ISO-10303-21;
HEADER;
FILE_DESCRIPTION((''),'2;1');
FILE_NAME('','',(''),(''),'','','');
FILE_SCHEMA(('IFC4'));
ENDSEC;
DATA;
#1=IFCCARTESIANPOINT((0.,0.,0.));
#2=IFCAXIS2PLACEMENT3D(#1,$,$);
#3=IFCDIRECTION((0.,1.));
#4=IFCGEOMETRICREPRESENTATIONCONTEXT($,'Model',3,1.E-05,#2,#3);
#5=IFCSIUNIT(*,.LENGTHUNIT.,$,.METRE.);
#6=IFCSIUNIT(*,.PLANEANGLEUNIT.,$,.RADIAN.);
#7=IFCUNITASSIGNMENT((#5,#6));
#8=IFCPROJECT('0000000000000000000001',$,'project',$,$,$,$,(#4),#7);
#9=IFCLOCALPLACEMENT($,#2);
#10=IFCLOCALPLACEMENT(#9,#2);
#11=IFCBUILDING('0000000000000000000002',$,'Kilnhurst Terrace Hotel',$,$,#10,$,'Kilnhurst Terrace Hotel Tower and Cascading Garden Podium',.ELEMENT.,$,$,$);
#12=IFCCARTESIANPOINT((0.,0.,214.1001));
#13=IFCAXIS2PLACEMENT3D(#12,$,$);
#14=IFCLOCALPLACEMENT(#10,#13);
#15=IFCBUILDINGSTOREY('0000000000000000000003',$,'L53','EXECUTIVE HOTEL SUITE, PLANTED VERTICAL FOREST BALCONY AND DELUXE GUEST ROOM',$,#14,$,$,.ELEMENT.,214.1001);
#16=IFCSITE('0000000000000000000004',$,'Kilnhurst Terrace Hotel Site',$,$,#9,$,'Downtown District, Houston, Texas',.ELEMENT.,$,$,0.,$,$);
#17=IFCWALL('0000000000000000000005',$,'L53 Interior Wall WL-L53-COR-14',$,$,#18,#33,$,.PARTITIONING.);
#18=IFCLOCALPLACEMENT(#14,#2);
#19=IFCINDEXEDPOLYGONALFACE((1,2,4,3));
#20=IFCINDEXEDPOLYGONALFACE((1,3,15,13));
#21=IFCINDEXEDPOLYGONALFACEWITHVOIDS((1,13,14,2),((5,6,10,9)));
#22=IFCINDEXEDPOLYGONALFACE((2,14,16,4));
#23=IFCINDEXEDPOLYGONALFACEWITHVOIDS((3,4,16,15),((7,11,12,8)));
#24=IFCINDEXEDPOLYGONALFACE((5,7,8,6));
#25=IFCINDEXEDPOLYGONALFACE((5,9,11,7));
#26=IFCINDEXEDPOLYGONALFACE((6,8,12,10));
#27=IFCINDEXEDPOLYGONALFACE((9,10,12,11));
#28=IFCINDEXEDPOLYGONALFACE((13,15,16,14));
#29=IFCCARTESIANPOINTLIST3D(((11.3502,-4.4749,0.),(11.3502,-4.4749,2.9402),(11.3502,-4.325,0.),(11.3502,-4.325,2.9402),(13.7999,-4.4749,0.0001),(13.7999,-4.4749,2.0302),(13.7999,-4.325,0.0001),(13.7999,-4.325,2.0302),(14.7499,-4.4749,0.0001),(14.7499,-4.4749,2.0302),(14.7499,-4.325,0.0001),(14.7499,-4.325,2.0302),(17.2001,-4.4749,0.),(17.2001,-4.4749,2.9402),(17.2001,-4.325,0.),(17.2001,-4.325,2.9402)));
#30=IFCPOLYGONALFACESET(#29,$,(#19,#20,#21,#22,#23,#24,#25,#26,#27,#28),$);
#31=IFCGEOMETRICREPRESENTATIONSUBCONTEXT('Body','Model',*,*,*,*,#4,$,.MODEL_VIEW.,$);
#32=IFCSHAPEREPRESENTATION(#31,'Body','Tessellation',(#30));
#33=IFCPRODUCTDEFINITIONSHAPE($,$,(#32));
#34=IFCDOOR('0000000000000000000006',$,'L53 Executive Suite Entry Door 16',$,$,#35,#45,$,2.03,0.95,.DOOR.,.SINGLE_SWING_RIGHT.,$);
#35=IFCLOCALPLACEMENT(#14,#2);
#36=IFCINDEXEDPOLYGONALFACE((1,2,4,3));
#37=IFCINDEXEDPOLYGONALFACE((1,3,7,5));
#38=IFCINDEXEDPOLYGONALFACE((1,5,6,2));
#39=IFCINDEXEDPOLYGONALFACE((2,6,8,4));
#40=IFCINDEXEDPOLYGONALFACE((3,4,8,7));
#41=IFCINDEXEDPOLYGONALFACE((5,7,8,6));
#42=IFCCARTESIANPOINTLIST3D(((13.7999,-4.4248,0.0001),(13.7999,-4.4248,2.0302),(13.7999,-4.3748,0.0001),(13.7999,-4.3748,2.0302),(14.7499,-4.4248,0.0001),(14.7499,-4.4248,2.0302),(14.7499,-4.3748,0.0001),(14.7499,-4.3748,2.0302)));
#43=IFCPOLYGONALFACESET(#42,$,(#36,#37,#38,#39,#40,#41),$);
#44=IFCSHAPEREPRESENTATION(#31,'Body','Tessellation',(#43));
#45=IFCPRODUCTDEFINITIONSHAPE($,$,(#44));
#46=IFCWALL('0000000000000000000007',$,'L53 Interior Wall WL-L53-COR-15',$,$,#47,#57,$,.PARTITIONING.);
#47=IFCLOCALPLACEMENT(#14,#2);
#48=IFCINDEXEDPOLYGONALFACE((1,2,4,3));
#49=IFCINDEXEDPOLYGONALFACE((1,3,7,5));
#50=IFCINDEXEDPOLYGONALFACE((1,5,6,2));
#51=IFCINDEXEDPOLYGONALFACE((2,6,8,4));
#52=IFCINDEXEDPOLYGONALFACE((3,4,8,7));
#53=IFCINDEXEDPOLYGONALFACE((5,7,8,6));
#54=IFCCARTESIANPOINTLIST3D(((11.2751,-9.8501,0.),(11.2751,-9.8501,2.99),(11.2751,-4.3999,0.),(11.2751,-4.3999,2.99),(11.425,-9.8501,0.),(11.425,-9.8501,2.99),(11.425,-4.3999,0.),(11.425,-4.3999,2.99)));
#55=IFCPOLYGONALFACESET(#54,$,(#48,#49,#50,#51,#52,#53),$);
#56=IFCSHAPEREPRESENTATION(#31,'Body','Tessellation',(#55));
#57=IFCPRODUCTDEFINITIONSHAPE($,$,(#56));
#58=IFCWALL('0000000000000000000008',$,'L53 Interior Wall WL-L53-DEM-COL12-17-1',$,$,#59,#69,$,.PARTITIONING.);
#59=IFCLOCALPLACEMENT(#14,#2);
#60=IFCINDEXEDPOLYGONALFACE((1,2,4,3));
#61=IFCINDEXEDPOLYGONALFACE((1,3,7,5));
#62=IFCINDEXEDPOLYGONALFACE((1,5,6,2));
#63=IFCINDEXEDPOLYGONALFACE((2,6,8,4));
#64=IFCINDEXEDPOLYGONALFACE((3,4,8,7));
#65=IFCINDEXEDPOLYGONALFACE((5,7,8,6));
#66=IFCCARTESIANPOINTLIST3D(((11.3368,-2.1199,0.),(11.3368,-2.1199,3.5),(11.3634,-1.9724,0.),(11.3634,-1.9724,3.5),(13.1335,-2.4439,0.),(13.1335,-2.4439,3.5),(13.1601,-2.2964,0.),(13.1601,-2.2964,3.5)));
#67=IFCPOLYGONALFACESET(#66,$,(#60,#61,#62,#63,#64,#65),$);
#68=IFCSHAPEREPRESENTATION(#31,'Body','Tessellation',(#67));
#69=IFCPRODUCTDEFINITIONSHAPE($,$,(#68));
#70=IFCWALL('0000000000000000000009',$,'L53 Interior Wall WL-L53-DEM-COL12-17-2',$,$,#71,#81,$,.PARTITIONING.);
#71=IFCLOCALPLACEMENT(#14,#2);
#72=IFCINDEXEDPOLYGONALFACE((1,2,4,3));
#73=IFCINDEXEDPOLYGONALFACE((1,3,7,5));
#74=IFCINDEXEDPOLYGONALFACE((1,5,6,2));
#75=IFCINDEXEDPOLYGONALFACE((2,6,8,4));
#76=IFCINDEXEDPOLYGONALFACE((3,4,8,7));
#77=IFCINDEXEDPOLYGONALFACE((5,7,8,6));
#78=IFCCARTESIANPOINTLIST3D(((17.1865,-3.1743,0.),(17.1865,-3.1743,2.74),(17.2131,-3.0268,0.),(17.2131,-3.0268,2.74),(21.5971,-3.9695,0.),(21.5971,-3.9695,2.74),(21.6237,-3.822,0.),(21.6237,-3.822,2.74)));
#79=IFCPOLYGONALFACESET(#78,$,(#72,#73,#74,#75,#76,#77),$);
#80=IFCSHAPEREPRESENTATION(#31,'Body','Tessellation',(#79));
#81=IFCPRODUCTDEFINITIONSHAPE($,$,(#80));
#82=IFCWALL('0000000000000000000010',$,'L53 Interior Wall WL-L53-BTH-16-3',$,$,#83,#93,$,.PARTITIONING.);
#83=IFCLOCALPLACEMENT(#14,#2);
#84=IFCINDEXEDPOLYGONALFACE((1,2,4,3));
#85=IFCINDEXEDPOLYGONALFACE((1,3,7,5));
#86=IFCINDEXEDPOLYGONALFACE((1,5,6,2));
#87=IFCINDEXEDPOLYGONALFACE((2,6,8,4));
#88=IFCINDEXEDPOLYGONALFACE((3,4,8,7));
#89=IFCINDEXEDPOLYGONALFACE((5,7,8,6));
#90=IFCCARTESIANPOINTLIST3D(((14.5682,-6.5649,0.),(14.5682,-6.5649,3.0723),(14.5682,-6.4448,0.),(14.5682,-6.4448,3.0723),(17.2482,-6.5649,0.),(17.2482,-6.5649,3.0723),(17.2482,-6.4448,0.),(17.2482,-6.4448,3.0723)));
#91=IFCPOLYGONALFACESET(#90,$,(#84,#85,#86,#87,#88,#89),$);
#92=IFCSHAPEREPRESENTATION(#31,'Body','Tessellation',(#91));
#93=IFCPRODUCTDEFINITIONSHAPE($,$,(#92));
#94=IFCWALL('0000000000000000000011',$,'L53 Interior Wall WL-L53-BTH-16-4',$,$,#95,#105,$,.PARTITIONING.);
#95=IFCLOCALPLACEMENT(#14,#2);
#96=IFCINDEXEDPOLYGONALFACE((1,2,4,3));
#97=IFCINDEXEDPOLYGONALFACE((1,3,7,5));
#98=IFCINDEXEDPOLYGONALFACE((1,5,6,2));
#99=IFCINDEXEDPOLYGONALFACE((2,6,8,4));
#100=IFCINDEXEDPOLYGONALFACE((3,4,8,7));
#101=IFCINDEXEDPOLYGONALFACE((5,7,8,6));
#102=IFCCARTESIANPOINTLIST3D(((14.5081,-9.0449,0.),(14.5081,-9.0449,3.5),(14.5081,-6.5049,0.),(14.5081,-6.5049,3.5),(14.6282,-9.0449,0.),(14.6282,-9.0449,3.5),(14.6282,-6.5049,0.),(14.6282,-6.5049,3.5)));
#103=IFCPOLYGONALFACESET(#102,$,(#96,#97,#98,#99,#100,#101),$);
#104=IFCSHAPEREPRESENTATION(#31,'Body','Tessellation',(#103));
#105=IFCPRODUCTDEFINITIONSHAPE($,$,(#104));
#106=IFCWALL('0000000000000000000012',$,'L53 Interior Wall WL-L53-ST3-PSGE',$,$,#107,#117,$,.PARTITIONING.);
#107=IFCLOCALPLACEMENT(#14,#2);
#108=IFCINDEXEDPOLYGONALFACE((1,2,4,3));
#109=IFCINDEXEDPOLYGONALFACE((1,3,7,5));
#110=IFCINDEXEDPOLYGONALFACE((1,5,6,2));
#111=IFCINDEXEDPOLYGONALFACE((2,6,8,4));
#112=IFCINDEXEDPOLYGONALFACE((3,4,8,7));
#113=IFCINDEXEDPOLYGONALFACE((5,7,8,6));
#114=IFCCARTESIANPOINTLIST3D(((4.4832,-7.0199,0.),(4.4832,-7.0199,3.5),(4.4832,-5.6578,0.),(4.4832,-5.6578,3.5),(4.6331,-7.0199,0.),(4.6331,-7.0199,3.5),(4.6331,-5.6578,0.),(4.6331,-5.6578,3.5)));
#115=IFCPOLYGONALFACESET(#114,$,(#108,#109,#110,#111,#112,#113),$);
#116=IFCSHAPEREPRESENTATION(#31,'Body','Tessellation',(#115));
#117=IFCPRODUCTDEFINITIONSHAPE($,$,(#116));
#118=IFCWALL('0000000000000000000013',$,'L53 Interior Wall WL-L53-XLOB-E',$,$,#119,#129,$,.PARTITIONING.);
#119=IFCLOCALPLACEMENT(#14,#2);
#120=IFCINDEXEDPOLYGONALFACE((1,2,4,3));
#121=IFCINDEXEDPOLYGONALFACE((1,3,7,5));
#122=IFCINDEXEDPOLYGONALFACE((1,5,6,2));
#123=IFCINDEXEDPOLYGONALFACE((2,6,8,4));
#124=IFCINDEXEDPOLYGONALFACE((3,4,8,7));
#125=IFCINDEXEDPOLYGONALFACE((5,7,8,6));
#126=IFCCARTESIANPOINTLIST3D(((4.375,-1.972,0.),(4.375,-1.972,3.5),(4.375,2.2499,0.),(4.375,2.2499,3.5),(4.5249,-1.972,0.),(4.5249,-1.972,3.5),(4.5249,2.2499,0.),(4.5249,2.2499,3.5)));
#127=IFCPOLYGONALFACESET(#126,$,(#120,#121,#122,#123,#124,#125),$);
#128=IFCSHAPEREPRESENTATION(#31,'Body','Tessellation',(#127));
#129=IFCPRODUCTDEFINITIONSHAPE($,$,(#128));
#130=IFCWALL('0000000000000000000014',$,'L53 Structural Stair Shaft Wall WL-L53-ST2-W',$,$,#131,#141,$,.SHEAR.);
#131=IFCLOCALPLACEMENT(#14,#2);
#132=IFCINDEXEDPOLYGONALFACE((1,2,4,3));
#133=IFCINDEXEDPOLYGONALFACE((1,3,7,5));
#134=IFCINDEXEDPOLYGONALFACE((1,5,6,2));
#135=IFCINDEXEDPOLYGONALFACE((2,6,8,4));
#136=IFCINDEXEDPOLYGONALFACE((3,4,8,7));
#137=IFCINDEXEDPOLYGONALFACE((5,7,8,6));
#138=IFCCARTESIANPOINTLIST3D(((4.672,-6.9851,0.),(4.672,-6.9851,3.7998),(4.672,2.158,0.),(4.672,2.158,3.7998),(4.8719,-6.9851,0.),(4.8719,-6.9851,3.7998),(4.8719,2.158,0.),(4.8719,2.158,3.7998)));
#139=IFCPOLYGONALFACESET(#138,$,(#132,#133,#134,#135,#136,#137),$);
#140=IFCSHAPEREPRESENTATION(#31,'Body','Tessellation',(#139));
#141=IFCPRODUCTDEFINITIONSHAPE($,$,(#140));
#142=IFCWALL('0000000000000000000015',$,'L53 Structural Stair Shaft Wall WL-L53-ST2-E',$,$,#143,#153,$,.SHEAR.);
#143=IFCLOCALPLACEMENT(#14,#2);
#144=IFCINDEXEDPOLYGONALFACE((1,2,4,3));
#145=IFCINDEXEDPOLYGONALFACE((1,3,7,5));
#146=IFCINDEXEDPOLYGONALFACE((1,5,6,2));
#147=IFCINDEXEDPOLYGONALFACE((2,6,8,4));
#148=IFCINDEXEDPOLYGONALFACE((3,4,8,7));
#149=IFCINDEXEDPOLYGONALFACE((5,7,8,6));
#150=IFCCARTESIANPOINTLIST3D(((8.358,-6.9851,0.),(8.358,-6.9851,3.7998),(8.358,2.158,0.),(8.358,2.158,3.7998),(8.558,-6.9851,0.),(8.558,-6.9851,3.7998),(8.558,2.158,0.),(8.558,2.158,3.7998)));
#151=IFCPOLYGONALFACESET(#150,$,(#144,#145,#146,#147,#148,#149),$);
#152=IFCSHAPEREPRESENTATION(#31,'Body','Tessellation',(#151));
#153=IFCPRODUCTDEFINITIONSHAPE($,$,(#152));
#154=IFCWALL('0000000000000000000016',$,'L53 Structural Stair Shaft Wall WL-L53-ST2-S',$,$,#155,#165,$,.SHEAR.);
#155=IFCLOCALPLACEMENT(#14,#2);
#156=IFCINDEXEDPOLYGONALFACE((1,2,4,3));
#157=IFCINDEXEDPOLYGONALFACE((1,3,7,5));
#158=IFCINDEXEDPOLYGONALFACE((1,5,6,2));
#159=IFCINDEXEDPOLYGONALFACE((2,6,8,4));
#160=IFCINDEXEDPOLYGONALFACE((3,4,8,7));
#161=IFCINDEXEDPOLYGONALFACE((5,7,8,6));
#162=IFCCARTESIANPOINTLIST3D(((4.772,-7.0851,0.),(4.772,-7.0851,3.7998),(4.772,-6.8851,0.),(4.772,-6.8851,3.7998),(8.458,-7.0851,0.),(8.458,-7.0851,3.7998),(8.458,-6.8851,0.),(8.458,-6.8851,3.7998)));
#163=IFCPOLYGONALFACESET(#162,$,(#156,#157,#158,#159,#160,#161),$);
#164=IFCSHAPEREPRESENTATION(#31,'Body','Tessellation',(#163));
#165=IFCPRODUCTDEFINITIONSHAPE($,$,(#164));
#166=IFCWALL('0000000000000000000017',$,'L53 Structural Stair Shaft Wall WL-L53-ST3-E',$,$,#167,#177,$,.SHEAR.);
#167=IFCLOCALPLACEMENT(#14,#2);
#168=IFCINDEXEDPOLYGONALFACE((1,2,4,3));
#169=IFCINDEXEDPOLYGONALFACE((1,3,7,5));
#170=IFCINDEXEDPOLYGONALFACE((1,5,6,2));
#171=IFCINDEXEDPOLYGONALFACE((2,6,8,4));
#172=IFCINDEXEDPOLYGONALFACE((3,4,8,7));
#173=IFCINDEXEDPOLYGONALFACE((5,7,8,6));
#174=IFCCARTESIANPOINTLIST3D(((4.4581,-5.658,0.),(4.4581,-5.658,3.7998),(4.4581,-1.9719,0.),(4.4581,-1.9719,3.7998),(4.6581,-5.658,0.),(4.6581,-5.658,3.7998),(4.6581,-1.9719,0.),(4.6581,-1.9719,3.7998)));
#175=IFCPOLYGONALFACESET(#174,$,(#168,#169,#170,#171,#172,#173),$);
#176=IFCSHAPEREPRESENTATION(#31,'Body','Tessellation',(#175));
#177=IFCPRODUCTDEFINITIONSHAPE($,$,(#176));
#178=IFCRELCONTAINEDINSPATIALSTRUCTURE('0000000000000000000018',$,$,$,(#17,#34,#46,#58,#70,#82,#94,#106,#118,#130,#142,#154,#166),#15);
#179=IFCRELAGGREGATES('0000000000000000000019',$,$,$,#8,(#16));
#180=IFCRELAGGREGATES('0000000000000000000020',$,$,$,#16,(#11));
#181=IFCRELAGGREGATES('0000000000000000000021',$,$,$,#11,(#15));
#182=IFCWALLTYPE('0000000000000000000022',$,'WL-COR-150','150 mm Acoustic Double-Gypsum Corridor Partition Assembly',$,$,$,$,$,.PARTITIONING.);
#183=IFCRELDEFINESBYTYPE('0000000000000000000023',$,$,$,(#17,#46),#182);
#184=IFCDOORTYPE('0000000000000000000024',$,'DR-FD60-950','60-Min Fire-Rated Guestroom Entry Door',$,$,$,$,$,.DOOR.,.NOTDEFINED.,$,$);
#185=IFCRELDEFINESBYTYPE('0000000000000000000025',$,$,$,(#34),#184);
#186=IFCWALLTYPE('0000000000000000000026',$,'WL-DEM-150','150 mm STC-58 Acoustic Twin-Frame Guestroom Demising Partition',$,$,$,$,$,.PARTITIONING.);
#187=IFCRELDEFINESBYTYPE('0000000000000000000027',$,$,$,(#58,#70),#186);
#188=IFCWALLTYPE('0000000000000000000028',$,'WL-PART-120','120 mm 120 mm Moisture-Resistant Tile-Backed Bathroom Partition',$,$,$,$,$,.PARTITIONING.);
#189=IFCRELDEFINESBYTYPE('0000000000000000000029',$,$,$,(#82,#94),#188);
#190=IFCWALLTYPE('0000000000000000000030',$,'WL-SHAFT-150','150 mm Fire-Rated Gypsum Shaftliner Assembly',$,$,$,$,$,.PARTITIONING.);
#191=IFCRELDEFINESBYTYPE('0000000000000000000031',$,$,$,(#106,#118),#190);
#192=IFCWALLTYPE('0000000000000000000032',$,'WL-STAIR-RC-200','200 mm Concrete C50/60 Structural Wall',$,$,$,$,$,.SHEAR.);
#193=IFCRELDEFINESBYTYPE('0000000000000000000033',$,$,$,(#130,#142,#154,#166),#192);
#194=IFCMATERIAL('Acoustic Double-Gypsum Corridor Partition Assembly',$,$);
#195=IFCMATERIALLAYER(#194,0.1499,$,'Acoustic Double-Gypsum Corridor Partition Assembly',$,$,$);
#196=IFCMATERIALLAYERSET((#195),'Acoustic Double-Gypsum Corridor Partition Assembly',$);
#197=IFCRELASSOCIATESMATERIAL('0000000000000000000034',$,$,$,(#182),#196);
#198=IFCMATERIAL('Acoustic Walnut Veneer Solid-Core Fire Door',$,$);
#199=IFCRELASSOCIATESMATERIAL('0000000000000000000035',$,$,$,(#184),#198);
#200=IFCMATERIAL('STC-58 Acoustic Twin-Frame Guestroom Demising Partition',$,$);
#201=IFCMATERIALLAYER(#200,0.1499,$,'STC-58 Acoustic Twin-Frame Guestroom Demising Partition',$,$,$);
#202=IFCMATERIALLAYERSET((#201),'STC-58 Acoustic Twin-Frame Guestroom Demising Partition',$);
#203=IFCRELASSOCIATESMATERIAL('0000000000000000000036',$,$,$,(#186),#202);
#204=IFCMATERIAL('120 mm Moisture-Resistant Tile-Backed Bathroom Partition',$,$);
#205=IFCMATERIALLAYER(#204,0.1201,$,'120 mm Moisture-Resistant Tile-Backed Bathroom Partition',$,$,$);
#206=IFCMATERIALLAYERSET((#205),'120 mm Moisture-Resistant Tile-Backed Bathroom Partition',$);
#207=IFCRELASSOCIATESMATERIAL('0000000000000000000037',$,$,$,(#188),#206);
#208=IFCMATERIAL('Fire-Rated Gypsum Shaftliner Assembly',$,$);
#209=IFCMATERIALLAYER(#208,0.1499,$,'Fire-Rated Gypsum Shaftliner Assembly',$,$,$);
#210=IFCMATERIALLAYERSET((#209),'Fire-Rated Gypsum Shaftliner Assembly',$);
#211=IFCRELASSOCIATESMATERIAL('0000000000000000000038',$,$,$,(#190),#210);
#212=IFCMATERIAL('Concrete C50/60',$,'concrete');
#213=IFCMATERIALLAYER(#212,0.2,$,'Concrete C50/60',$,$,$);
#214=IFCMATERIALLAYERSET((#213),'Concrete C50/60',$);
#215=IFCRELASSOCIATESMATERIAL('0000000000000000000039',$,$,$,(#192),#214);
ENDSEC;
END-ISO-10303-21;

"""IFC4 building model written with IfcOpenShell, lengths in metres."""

from ifc_helpers import new_model, si_unit, direction, frame, frame_2d, origin, place, context, subcontext, project, spatial, rectangle, extrude, material, layer, layer_set, type_object, element, fill, save


model = new_model("IFC4")

# Units and contexts
model_context = context("Model", 3, precision=1e-05, world=origin(), true_north=direction((0.0, 1.0)))
body_context = subcontext(model_context, "Body", "Model", "MODEL_VIEW")
ifc_project = project(units=[si_unit("LENGTHUNIT", "METRE"), si_unit("PLANEANGLEUNIT", "RADIAN")], contexts=[model_context])

# Site, building, storey
site_placement = place(None, origin())
site = spatial("IfcSite", under=ifc_project, at=site_placement, Name="Kilnhurst Terrace Hotel Site", LongName="Downtown District, Houston, Texas", CompositionType="ELEMENT", RefElevation=0.0)
building_placement = place(site_placement, origin())
building = spatial("IfcBuilding", under=site, at=building_placement, Name="Kilnhurst Terrace Hotel", LongName="Kilnhurst Terrace Hotel Tower and Cascading Garden Podium", CompositionType="ELEMENT")
storey_placement = place(building_placement, frame((0.0, 0.0, 214.1001)))
storey = spatial("IfcBuildingStorey", under=building, at=storey_placement, Name="L53", Description="EXECUTIVE HOTEL SUITE, PLANTED VERTICAL FOREST BALCONY AND DELUXE GUEST ROOM", CompositionType="ELEMENT", Elevation=214.1001)

# Shared definitions
ifc_material_1 = material(Name="Concrete C50/60", Category="concrete")

# Shared definitions
ifc_material_2 = material(Name="Acoustic Double-Gypsum Corridor Partition Assembly")
ifc_layer_1 = layer(ifc_material_2, 0.1499, Name="Acoustic Double-Gypsum Corridor Partition Assembly")
ifc_layer_set_1 = layer_set([ifc_layer_1], Name="Acoustic Double-Gypsum Corridor Partition Assembly")
wall_type_1 = type_object("IfcWallType", Name="WL-COR-150", Description="150 mm Acoustic Double-Gypsum Corridor Partition Assembly", PredefinedType="PARTITIONING", material=ifc_layer_set_1)

# Wall, opening, door
wall_1_placement = place(storey_placement, frame((17.2, -4.3999, 0.0), z_axis=(0.0, 0.0, 1.0), x_axis=(-1.0, 0.0, 0.0)))
wall_1 = element("IfcWall", 1, at=wall_1_placement, inside=storey, type_object=wall_type_1, Name="L53 Interior Wall WL-L53-COR-14", PredefinedType="PARTITIONING", context=body_context, shape_type="SweptSolid", body=[
    extrude(rectangle(XDim=5.8499, YDim=0.1499, at=frame_2d((2.9248, 0.0))), origin(), (0.0, 0.0, 1.0), 2.9402),
])
opening_1_placement = place(wall_1_placement, frame((2.45, 0.0, 0.0)))
opening_1 = element("IfcOpeningElement", 2, at=opening_1_placement, cuts=wall_1, PredefinedType="OPENING", context=body_context, shape_type="SweptSolid", body=[
    extrude(rectangle(XDim=0.95, YDim=2.03, at=frame_2d((0.4751, 1.0151))), frame((0.0, 0.085, 0.0), z_axis=(0.0, -1.0, 0.0), x_axis=(1.0, 0.0, 0.0)), (0.0, 0.0, 1.0), 0.1699),
])
ifc_material_3 = material(Name="Acoustic Walnut Veneer Solid-Core Fire Door")
door_type_1 = type_object("IfcDoorType", Name="DR-FD60-950", Description="60-Min Fire-Rated Guestroom Entry Door", OperationType="NOTDEFINED", PredefinedType="DOOR", material=ifc_material_3)
door_1_placement = place(opening_1_placement, origin())
door_1 = element("IfcDoor", 3, at=door_1_placement, inside=storey, type_object=door_type_1, Name="L53 Executive Suite Entry Door 16", OperationType="SINGLE_SWING_RIGHT", OverallHeight=2.03, OverallWidth=0.95, PredefinedType="DOOR", context=body_context, shape_type="SweptSolid", body=[
    extrude(rectangle(XDim=0.95, YDim=2.03, at=frame_2d((0.4751, 1.0151))), frame((0.0, 0.0249, 0.0), z_axis=(0.0, -1.0, 0.0), x_axis=(1.0, 0.0, 0.0)), (0.0, 0.0, 1.0), 0.05),
])
fill(opening_1, door_1)

# Wall
wall_2_placement = place(storey_placement, frame((11.3501, -4.3999, 0.0), z_axis=(0.0, 0.0, 1.0), x_axis=(0.0, -1.0, 0.0)))
element("IfcWall", 4, at=wall_2_placement, inside=storey, type_object=wall_type_1, Name="L53 Interior Wall WL-L53-COR-15", PredefinedType="PARTITIONING", context=body_context, shape_type="SweptSolid", body=[
    extrude(rectangle(XDim=5.4502, YDim=0.1499, at=frame_2d((2.7251, 0.0))), origin(), (0.0, 0.0, 1.0), 2.99),
])

# Walls
ifc_material_4 = material(Name="STC-58 Acoustic Twin-Frame Guestroom Demising Partition")
ifc_layer_2 = layer(ifc_material_4, 0.1499, Name="STC-58 Acoustic Twin-Frame Guestroom Demising Partition")
ifc_layer_set_2 = layer_set([ifc_layer_2], Name="STC-58 Acoustic Twin-Frame Guestroom Demising Partition")
wall_type_2 = type_object("IfcWallType", Name="WL-DEM-150", Description="150 mm STC-58 Acoustic Twin-Frame Guestroom Demising Partition", PredefinedType="PARTITIONING", material=ifc_layer_set_2)
wall_3_placement = place(storey_placement, frame((11.3501, -2.0461, 0.0), z_axis=(0.0, 0.0, 1.0), x_axis=(0.984128, -0.177461, 0.0)))
element("IfcWall", 5, at=wall_3_placement, inside=storey, type_object=wall_type_2, Name="L53 Interior Wall WL-L53-DEM-COL12-17-1", PredefinedType="PARTITIONING", context=body_context, shape_type="SweptSolid", body=[
    extrude(rectangle(XDim=1.8257, YDim=0.1499, at=frame_2d((0.9128, 0.0))), origin(), (0.0, 0.0, 1.0), 3.5),
])
wall_4_placement = place(storey_placement, frame((17.2, -3.1006, 0.0), z_axis=(0.0, 0.0, 1.0), x_axis=(0.984135, -0.177423, 0.0)))
element("IfcWall", 6, at=wall_4_placement, inside=storey, type_object=wall_type_2, Name="L53 Interior Wall WL-L53-DEM-COL12-17-2", PredefinedType="PARTITIONING", context=body_context, shape_type="SweptSolid", body=[
    extrude(rectangle(XDim=4.4817, YDim=0.1499, at=frame_2d((2.2407, 0.0))), origin(), (0.0, 0.0, 1.0), 2.74),
])
ifc_material_5 = material(Name="120 mm Moisture-Resistant Tile-Backed Bathroom Partition")
ifc_layer_3 = layer(ifc_material_5, 0.1201, Name="120 mm Moisture-Resistant Tile-Backed Bathroom Partition")
ifc_layer_set_3 = layer_set([ifc_layer_3], Name="120 mm Moisture-Resistant Tile-Backed Bathroom Partition")
wall_type_3 = type_object("IfcWallType", Name="WL-PART-120", Description="120 mm 120 mm Moisture-Resistant Tile-Backed Bathroom Partition", PredefinedType="PARTITIONING", material=ifc_layer_set_3)
wall_5_placement = place(storey_placement, frame((17.248, -6.5049, 0.0), z_axis=(0.0, 0.0, 1.0), x_axis=(-1.0, 0.0, 0.0)))
element("IfcWall", 7, at=wall_5_placement, inside=storey, type_object=wall_type_3, Name="L53 Interior Wall WL-L53-BTH-16-3", PredefinedType="PARTITIONING", context=body_context, shape_type="SweptSolid", body=[
    extrude(rectangle(XDim=2.6799, YDim=0.1201, at=frame_2d((1.3398, 0.0))), origin(), (0.0, 0.0, 1.0), 3.0723),
])
wall_6_placement = place(storey_placement, frame((14.5681, -6.5049, 0.0), z_axis=(0.0, 0.0, 1.0), x_axis=(0.0, -1.0, 0.0)))
element("IfcWall", 8, at=wall_6_placement, inside=storey, type_object=wall_type_3, Name="L53 Interior Wall WL-L53-BTH-16-4", PredefinedType="PARTITIONING", context=body_context, shape_type="SweptSolid", body=[
    extrude(rectangle(XDim=2.54, YDim=0.1201, at=frame_2d((1.27, 0.0))), origin(), (0.0, 0.0, 1.0), 3.5),
])
ifc_material_6 = material(Name="Fire-Rated Gypsum Shaftliner Assembly")
ifc_layer_4 = layer(ifc_material_6, 0.1499, Name="Fire-Rated Gypsum Shaftliner Assembly")
ifc_layer_set_4 = layer_set([ifc_layer_4], Name="Fire-Rated Gypsum Shaftliner Assembly")
wall_type_4 = type_object("IfcWallType", Name="WL-SHAFT-150", Description="150 mm Fire-Rated Gypsum Shaftliner Assembly", PredefinedType="PARTITIONING", material=ifc_layer_set_4)
wall_7_placement = place(storey_placement, frame((4.5581, -7.02, 0.0), z_axis=(0.0, 0.0, 1.0), x_axis=(0.0, 1.0, 0.0)))
element("IfcWall", 9, at=wall_7_placement, inside=storey, type_object=wall_type_4, Name="L53 Interior Wall WL-L53-ST3-PSGE", PredefinedType="PARTITIONING", context=body_context, shape_type="SweptSolid", body=[
    extrude(rectangle(XDim=1.3621, YDim=0.1499, at=frame_2d((0.6812, 0.0))), origin(), (0.0, 0.0, 1.0), 3.5),
])
wall_8_placement = place(storey_placement, frame((4.45, -1.9719, 0.0), z_axis=(0.0, 0.0, 1.0), x_axis=(0.0, 1.0, 0.0)))
element("IfcWall", 10, at=wall_8_placement, inside=storey, type_object=wall_type_4, Name="L53 Interior Wall WL-L53-XLOB-E", PredefinedType="PARTITIONING", context=body_context, shape_type="SweptSolid", body=[
    extrude(rectangle(XDim=4.2219, YDim=0.1499, at=frame_2d((2.1108, 0.0))), origin(), (0.0, 0.0, 1.0), 3.5),
])
ifc_layer_5 = layer(ifc_material_1, 0.2, Name="Concrete C50/60")
ifc_layer_set_5 = layer_set([ifc_layer_5], Name="Concrete C50/60")
wall_type_5 = type_object("IfcWallType", Name="WL-STAIR-RC-200", Description="200 mm Concrete C50/60 Structural Wall", PredefinedType="SHEAR", material=ifc_layer_set_5)
for number, where, z_axis, x_axis, name in (
    (11, (4.772, -6.9851, 0.0), (0.0, 0.0, 1.0), (0.0, 1.0, 0.0), "L53 Structural Stair Shaft Wall WL-L53-ST2-W"),
    (12, (8.458, -6.9851, 0.0), (0.0, 0.0, 1.0), (0.0, 1.0, 0.0), "L53 Structural Stair Shaft Wall WL-L53-ST2-E"),
):
    element("IfcWall", number, at=place(storey_placement, frame(where, z_axis=z_axis, x_axis=x_axis)), inside=storey, type_object=wall_type_5, Name=name, PredefinedType="SHEAR", context=body_context, shape_type="SweptSolid", body=[
        extrude(rectangle(XDim=9.1431, YDim=0.2, at=frame_2d((4.5715, 0.0))), origin(), (0.0, 0.0, 1.0), 3.7998),
    ])
for number, where, z_axis, x_axis, name in (
    (13, (4.772, -6.9851, 0.0), (0.0, 0.0, 1.0), (1.0, 0.0, 0.0), "L53 Structural Stair Shaft Wall WL-L53-ST2-S"),
    (14, (4.5581, -5.658, 0.0), (0.0, 0.0, 1.0), (0.0, 1.0, 0.0), "L53 Structural Stair Shaft Wall WL-L53-ST3-E"),
):
    element("IfcWall", number, at=place(storey_placement, frame(where, z_axis=z_axis, x_axis=x_axis)), inside=storey, type_object=wall_type_5, Name=name, PredefinedType="SHEAR", context=body_context, shape_type="SweptSolid", body=[
        extrude(rectangle(XDim=3.686, YDim=0.2, at=frame_2d((1.843, 0.0))), origin(), (0.0, 0.0, 1.0), 3.7998),
    ])

save(model, "model.ifc")
